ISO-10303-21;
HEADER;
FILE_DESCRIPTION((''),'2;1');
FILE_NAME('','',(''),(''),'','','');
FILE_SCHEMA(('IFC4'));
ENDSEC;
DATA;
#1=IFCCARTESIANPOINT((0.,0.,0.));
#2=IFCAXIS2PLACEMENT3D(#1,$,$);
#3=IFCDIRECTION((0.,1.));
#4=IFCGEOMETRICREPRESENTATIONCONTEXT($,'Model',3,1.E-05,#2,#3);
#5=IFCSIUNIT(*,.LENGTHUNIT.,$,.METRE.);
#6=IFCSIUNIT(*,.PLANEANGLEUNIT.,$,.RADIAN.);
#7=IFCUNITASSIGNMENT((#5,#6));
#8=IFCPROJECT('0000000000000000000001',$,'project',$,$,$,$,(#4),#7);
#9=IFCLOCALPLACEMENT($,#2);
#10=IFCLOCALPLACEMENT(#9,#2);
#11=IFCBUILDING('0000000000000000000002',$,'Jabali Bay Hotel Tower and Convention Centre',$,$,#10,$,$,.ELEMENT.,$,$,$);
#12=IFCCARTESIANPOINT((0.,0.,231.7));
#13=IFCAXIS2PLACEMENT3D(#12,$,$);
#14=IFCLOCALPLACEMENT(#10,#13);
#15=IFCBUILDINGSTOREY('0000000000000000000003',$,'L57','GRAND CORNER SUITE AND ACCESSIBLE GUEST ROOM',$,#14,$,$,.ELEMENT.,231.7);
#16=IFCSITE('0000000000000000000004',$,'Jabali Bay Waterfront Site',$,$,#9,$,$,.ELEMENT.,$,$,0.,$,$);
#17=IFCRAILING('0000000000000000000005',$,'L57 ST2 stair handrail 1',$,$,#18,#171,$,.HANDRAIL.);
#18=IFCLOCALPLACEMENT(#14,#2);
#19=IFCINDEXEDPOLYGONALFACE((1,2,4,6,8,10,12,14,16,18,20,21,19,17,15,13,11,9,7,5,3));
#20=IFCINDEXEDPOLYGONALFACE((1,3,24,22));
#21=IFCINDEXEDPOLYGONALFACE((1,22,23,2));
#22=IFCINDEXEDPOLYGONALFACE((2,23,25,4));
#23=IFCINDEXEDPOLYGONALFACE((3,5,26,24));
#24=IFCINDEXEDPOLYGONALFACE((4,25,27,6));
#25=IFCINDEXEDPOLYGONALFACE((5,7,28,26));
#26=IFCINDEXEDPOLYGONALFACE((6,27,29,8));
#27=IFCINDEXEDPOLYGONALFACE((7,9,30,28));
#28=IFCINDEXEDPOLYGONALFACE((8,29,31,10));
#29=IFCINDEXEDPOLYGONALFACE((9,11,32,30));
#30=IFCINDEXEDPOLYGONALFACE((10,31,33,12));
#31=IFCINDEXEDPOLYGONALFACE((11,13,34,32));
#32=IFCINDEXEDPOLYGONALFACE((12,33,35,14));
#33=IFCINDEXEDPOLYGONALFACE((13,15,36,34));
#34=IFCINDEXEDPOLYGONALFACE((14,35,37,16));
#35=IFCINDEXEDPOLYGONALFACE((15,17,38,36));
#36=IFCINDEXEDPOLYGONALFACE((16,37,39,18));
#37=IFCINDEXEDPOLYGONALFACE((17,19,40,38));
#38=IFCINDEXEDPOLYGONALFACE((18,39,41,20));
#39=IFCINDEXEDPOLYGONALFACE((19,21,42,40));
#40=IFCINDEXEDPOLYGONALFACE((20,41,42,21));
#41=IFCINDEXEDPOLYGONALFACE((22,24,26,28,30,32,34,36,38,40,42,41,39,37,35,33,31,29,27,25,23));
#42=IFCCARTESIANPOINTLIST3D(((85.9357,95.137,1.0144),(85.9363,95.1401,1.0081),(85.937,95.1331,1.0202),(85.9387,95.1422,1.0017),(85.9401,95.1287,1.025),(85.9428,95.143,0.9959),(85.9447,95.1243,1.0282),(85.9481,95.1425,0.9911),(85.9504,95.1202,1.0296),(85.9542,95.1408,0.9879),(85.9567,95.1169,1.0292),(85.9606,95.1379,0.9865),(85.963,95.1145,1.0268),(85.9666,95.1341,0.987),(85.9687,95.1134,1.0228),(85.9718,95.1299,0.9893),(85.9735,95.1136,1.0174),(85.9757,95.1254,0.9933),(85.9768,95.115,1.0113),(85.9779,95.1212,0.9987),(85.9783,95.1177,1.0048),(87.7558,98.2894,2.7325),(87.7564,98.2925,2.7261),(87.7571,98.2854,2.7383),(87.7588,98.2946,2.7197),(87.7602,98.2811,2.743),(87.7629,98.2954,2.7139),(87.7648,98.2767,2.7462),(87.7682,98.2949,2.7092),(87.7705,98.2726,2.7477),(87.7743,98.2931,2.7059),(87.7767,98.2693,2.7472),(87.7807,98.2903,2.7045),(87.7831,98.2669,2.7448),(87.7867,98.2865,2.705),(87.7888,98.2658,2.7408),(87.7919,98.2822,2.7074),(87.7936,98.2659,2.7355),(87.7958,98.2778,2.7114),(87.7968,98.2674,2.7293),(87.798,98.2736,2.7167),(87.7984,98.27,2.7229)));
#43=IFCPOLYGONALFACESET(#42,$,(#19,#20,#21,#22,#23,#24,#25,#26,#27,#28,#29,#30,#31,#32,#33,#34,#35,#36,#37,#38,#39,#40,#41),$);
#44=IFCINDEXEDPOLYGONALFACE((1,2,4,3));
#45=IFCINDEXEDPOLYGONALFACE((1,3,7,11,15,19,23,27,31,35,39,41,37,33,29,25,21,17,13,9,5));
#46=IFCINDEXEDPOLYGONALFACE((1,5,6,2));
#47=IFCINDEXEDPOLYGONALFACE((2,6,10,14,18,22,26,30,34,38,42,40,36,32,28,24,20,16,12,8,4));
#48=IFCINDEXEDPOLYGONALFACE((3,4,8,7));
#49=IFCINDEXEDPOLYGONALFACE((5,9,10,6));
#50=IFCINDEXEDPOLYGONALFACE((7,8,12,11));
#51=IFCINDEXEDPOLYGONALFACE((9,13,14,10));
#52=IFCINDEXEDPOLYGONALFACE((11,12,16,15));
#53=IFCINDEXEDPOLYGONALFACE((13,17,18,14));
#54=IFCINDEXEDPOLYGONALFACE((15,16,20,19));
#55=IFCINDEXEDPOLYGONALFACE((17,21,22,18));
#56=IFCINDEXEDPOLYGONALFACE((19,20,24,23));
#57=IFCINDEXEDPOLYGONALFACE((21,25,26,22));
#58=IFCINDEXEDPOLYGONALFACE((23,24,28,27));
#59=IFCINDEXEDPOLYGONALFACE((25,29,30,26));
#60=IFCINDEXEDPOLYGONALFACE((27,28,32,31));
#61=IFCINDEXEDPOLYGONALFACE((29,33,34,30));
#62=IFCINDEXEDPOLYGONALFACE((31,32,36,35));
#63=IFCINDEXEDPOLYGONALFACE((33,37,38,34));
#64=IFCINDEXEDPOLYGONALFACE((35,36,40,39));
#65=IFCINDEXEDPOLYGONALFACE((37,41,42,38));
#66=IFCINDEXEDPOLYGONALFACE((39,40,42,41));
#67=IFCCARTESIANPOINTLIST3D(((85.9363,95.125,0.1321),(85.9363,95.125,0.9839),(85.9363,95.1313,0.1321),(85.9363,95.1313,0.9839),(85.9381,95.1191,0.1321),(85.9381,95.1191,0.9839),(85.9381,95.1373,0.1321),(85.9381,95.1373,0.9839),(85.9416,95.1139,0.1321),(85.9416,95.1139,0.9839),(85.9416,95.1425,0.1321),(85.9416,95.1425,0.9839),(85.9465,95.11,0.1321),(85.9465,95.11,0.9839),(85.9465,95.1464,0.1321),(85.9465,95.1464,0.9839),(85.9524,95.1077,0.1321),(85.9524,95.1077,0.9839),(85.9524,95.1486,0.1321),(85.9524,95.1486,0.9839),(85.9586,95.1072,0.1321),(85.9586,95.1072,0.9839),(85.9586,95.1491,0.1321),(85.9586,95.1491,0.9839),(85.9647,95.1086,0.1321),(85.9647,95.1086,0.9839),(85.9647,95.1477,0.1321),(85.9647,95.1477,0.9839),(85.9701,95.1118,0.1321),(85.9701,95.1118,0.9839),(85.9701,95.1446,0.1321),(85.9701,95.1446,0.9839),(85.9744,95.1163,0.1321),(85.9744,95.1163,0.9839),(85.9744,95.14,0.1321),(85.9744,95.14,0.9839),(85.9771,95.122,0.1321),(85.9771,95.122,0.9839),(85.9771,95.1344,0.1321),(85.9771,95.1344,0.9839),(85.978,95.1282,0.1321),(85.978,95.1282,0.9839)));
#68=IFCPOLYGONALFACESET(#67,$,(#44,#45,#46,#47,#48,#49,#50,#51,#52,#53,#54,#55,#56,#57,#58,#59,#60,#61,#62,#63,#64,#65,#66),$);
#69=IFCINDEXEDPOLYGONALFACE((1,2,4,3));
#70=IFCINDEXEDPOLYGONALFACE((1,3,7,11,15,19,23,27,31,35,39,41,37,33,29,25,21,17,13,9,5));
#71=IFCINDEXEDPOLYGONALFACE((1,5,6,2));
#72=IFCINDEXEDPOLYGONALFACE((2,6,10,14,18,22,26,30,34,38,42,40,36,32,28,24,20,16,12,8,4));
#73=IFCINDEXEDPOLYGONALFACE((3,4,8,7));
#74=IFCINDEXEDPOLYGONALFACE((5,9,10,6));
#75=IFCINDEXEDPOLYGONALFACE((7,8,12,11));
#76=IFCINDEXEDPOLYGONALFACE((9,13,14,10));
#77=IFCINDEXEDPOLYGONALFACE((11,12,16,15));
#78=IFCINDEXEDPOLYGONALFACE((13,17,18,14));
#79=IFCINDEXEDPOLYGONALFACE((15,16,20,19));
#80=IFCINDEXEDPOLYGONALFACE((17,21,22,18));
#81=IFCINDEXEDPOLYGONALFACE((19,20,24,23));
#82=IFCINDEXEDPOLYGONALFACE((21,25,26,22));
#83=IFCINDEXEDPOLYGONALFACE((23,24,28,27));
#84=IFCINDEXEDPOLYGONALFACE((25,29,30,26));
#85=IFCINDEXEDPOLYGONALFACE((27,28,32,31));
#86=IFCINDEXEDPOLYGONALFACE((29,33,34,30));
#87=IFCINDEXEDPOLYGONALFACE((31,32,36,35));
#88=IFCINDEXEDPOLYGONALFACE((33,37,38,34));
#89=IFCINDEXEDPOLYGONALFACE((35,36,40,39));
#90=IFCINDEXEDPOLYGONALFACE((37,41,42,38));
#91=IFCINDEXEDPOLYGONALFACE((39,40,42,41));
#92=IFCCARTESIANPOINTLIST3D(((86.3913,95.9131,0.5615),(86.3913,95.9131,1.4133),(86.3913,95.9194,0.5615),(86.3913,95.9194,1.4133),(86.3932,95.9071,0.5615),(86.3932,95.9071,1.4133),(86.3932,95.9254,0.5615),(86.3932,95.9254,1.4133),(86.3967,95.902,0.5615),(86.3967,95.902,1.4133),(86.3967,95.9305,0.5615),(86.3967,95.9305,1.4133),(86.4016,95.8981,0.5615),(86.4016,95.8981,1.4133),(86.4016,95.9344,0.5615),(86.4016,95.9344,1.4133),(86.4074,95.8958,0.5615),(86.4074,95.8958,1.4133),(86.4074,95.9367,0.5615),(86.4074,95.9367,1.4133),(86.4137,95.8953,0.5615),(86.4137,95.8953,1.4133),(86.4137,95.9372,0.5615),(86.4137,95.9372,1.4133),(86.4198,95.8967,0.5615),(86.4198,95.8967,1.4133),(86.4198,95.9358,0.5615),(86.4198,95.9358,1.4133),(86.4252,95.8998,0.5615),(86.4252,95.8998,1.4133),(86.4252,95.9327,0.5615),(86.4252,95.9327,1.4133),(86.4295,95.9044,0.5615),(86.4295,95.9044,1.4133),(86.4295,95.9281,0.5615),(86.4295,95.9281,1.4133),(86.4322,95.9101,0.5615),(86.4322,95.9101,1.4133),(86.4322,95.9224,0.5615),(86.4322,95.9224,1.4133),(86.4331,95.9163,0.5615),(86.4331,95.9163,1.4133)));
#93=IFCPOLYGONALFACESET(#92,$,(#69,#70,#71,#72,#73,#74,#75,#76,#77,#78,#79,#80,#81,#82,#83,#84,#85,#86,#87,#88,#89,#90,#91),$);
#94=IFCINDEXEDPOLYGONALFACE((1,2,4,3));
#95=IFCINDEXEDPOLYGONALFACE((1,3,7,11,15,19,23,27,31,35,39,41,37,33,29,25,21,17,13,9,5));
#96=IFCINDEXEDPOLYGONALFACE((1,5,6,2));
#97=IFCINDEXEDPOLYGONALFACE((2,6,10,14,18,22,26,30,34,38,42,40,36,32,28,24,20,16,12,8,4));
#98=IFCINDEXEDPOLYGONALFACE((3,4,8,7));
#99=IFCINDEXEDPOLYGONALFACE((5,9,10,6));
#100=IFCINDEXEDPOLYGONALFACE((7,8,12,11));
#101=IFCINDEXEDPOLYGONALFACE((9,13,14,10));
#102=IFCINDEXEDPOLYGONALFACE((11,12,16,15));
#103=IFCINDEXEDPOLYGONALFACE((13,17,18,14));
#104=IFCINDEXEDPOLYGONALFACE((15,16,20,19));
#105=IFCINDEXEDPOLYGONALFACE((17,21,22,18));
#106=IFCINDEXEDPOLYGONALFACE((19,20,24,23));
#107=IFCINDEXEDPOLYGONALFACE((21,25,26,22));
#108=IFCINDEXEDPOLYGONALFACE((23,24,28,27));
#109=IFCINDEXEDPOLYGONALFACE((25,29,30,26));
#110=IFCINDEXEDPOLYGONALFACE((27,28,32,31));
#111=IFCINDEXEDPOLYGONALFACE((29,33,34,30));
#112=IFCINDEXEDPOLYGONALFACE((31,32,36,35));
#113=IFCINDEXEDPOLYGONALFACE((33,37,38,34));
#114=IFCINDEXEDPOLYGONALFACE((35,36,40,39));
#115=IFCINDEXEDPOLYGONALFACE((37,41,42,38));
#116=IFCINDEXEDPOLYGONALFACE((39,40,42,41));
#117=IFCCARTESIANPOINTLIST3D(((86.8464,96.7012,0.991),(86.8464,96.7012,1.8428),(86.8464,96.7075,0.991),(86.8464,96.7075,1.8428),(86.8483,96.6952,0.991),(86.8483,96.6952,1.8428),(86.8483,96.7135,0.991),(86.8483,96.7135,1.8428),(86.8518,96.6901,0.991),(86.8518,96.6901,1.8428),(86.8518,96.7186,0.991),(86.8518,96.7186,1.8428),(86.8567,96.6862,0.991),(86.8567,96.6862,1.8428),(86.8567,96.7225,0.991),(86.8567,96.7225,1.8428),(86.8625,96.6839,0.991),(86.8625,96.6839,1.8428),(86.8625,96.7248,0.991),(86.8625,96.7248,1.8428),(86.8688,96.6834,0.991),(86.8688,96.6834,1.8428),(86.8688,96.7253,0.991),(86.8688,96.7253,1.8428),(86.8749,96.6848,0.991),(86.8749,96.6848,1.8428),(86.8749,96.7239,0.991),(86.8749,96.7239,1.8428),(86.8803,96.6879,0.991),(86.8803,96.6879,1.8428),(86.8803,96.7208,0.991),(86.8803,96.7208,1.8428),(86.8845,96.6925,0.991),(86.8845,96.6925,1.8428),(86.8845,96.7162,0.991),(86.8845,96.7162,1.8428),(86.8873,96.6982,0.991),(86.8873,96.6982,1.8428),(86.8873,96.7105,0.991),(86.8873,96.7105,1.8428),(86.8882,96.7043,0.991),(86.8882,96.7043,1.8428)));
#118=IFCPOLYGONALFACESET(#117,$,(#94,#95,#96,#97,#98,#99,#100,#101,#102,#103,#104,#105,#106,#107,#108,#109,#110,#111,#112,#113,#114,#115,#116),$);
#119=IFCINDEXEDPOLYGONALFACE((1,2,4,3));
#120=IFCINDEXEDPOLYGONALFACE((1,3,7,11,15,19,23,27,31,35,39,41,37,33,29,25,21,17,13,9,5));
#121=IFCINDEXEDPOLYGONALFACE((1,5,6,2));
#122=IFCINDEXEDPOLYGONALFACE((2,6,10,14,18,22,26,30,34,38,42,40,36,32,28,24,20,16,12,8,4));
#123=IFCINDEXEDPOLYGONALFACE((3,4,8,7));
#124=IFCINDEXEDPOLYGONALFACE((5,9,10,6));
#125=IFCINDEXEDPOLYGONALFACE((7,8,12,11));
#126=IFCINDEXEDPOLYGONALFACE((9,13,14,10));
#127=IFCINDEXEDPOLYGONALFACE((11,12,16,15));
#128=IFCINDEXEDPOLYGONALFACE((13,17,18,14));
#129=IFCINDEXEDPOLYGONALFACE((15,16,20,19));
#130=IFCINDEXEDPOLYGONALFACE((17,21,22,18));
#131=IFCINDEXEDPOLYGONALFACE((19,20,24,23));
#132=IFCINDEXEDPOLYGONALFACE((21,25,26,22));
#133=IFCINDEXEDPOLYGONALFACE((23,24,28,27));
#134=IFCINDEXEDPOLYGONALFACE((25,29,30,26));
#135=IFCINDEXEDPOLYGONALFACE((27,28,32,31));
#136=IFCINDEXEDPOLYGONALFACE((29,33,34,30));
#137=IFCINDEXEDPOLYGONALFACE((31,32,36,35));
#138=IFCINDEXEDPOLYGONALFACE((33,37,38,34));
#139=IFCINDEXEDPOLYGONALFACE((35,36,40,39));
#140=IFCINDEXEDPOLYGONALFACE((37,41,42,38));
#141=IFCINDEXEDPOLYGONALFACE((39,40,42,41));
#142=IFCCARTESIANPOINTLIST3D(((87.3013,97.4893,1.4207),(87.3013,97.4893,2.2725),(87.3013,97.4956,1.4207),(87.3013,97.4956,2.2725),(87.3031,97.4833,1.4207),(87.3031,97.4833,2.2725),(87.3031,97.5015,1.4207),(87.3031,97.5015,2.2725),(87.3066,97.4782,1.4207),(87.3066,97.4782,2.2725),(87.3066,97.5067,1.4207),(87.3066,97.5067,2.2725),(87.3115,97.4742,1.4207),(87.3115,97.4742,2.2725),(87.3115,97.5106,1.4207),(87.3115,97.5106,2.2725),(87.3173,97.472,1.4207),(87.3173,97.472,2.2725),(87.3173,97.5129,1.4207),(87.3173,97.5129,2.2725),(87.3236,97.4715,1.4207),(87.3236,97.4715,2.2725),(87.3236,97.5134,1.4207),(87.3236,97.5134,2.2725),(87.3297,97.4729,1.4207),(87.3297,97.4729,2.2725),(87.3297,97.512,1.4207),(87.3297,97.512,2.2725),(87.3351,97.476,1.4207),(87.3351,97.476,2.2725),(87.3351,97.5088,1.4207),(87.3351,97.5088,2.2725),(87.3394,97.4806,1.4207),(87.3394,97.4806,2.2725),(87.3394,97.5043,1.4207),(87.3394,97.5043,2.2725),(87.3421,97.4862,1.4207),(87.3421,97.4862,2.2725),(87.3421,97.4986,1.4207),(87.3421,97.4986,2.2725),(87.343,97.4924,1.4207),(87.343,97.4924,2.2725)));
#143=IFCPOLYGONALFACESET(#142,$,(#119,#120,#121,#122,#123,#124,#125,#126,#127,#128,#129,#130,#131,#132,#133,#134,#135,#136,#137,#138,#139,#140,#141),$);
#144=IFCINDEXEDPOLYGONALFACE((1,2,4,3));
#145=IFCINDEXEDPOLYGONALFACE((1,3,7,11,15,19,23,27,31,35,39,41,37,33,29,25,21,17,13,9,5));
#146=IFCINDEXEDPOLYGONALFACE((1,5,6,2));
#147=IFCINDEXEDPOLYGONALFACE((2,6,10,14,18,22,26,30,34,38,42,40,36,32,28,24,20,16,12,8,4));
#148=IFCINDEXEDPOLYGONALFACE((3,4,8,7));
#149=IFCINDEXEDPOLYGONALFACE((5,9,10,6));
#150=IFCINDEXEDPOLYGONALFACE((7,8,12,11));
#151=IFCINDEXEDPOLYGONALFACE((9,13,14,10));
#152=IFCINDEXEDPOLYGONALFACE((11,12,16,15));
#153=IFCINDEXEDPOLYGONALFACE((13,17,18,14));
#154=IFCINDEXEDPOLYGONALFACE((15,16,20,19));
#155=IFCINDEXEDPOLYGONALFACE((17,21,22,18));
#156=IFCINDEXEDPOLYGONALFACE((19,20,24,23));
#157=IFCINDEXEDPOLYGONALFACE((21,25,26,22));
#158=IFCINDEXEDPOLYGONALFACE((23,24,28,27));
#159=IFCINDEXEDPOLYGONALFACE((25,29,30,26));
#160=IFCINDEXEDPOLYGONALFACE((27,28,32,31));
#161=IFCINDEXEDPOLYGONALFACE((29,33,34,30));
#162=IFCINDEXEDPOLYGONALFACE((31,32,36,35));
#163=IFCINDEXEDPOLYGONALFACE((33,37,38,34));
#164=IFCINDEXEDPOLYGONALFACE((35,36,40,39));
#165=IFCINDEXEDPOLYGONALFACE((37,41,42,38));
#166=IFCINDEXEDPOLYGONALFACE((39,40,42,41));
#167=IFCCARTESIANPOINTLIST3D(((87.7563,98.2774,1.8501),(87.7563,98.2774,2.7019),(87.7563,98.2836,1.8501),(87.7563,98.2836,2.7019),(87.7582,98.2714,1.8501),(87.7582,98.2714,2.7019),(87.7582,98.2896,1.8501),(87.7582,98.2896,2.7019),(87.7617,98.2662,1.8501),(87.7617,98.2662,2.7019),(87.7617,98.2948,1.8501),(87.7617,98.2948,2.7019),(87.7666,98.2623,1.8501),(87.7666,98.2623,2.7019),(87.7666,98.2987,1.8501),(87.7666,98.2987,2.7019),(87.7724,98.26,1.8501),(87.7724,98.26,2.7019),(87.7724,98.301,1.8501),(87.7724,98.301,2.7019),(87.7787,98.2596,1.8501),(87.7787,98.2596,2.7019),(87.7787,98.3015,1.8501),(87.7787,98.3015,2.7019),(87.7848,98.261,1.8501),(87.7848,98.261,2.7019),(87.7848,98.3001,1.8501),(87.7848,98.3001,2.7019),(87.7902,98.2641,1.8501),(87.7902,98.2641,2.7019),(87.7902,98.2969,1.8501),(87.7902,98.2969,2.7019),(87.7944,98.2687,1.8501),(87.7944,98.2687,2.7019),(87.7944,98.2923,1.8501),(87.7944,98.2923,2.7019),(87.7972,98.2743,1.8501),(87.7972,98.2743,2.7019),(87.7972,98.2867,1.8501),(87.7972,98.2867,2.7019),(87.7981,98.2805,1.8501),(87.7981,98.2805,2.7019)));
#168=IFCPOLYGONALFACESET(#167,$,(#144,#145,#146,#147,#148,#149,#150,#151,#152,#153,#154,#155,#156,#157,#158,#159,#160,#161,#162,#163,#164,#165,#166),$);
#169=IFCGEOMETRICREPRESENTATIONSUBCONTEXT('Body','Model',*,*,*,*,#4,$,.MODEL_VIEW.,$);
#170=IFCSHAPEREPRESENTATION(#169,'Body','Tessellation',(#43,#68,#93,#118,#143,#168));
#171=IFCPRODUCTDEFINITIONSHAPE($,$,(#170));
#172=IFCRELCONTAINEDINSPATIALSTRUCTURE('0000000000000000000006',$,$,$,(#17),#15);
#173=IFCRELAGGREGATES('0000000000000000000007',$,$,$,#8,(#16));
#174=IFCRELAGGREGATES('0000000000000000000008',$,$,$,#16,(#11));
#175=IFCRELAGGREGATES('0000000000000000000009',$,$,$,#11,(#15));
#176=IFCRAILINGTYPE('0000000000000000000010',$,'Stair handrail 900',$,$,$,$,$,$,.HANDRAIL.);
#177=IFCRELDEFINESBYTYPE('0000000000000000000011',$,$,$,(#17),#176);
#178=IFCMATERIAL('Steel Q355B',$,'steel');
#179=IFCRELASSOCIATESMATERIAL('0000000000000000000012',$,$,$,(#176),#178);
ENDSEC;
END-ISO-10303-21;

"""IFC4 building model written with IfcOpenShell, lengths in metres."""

from ifc_helpers import new_model, si_unit, direction, frame, origin, origin_2d, place, context, subcontext, project, spatial, circle, extrude, material, type_object, element, save


model = new_model("IFC4")

# Units and contexts
model_context = context("Model", 3, precision=1e-05, world=origin(), true_north=direction((0.0, 1.0)))
body_context = subcontext(model_context, "Body", "Model", "MODEL_VIEW")
ifc_project = project(units=[si_unit("LENGTHUNIT", "METRE"), si_unit("PLANEANGLEUNIT", "RADIAN")], contexts=[model_context])

# Site, building, storey
site_placement = place(None, origin())
site = spatial("IfcSite", under=ifc_project, at=site_placement, Name="Jabali Bay Waterfront Site", CompositionType="ELEMENT", RefElevation=0.0)
building_placement = place(site_placement, origin())
building = spatial("IfcBuilding", under=site, at=building_placement, Name="Jabali Bay Hotel Tower and Convention Centre", CompositionType="ELEMENT")
storey_placement = place(building_placement, frame((0.0, 0.0, 231.7)))
storey = spatial("IfcBuildingStorey", under=building, at=storey_placement, Name="L57", Description="GRAND CORNER SUITE AND ACCESSIBLE GUEST ROOM", CompositionType="ELEMENT", Elevation=231.7)

# Railing
ifc_material_1 = material(Name="Steel Q355B", Category="steel")
railing_type_1 = type_object("IfcRailingType", Name="Stair handrail 900", PredefinedType="HANDRAIL", material=ifc_material_1)
railing_1_placement = place(storey_placement, frame((85.957, 95.1282, 0.1321)))
element("IfcRailing", 1, at=railing_1_placement, inside=storey, type_object=railing_type_1, Name="L57 ST2 stair handrail 1", PredefinedType="HANDRAIL", context=body_context, shape_type="SweptSolid", body=[
    extrude(circle(Radius=0.0239, at=origin_2d()), frame((0.0, 0.0, 0.876), z_axis=(0.452179, 0.78317, 0.426825), x_axis=(-0.866018, 0.500013, 0.0)), (0.0, 0.0, 1.0), 4.0251),
    extrude(circle(Radius=0.021, at=origin_2d()), origin(), (0.0, 0.0, 1.0), 0.8518),
    extrude(circle(Radius=0.021, at=origin_2d()), frame((0.4551, 0.7881, 0.4294)), (0.0, 0.0, 1.0), 0.8518),
    extrude(circle(Radius=0.021, at=origin_2d()), frame((0.9102, 1.5762, 0.8589)), (0.0, 0.0, 1.0), 0.8518),
    extrude(circle(Radius=0.021, at=origin_2d()), frame((1.365, 2.3643, 1.2886)), (0.0, 0.0, 1.0), 0.8518),
    extrude(circle(Radius=0.021, at=origin_2d()), frame((1.8201, 3.1523, 1.718)), (0.0, 0.0, 1.0), 0.8518),
])

save(model, "model.ifc")
